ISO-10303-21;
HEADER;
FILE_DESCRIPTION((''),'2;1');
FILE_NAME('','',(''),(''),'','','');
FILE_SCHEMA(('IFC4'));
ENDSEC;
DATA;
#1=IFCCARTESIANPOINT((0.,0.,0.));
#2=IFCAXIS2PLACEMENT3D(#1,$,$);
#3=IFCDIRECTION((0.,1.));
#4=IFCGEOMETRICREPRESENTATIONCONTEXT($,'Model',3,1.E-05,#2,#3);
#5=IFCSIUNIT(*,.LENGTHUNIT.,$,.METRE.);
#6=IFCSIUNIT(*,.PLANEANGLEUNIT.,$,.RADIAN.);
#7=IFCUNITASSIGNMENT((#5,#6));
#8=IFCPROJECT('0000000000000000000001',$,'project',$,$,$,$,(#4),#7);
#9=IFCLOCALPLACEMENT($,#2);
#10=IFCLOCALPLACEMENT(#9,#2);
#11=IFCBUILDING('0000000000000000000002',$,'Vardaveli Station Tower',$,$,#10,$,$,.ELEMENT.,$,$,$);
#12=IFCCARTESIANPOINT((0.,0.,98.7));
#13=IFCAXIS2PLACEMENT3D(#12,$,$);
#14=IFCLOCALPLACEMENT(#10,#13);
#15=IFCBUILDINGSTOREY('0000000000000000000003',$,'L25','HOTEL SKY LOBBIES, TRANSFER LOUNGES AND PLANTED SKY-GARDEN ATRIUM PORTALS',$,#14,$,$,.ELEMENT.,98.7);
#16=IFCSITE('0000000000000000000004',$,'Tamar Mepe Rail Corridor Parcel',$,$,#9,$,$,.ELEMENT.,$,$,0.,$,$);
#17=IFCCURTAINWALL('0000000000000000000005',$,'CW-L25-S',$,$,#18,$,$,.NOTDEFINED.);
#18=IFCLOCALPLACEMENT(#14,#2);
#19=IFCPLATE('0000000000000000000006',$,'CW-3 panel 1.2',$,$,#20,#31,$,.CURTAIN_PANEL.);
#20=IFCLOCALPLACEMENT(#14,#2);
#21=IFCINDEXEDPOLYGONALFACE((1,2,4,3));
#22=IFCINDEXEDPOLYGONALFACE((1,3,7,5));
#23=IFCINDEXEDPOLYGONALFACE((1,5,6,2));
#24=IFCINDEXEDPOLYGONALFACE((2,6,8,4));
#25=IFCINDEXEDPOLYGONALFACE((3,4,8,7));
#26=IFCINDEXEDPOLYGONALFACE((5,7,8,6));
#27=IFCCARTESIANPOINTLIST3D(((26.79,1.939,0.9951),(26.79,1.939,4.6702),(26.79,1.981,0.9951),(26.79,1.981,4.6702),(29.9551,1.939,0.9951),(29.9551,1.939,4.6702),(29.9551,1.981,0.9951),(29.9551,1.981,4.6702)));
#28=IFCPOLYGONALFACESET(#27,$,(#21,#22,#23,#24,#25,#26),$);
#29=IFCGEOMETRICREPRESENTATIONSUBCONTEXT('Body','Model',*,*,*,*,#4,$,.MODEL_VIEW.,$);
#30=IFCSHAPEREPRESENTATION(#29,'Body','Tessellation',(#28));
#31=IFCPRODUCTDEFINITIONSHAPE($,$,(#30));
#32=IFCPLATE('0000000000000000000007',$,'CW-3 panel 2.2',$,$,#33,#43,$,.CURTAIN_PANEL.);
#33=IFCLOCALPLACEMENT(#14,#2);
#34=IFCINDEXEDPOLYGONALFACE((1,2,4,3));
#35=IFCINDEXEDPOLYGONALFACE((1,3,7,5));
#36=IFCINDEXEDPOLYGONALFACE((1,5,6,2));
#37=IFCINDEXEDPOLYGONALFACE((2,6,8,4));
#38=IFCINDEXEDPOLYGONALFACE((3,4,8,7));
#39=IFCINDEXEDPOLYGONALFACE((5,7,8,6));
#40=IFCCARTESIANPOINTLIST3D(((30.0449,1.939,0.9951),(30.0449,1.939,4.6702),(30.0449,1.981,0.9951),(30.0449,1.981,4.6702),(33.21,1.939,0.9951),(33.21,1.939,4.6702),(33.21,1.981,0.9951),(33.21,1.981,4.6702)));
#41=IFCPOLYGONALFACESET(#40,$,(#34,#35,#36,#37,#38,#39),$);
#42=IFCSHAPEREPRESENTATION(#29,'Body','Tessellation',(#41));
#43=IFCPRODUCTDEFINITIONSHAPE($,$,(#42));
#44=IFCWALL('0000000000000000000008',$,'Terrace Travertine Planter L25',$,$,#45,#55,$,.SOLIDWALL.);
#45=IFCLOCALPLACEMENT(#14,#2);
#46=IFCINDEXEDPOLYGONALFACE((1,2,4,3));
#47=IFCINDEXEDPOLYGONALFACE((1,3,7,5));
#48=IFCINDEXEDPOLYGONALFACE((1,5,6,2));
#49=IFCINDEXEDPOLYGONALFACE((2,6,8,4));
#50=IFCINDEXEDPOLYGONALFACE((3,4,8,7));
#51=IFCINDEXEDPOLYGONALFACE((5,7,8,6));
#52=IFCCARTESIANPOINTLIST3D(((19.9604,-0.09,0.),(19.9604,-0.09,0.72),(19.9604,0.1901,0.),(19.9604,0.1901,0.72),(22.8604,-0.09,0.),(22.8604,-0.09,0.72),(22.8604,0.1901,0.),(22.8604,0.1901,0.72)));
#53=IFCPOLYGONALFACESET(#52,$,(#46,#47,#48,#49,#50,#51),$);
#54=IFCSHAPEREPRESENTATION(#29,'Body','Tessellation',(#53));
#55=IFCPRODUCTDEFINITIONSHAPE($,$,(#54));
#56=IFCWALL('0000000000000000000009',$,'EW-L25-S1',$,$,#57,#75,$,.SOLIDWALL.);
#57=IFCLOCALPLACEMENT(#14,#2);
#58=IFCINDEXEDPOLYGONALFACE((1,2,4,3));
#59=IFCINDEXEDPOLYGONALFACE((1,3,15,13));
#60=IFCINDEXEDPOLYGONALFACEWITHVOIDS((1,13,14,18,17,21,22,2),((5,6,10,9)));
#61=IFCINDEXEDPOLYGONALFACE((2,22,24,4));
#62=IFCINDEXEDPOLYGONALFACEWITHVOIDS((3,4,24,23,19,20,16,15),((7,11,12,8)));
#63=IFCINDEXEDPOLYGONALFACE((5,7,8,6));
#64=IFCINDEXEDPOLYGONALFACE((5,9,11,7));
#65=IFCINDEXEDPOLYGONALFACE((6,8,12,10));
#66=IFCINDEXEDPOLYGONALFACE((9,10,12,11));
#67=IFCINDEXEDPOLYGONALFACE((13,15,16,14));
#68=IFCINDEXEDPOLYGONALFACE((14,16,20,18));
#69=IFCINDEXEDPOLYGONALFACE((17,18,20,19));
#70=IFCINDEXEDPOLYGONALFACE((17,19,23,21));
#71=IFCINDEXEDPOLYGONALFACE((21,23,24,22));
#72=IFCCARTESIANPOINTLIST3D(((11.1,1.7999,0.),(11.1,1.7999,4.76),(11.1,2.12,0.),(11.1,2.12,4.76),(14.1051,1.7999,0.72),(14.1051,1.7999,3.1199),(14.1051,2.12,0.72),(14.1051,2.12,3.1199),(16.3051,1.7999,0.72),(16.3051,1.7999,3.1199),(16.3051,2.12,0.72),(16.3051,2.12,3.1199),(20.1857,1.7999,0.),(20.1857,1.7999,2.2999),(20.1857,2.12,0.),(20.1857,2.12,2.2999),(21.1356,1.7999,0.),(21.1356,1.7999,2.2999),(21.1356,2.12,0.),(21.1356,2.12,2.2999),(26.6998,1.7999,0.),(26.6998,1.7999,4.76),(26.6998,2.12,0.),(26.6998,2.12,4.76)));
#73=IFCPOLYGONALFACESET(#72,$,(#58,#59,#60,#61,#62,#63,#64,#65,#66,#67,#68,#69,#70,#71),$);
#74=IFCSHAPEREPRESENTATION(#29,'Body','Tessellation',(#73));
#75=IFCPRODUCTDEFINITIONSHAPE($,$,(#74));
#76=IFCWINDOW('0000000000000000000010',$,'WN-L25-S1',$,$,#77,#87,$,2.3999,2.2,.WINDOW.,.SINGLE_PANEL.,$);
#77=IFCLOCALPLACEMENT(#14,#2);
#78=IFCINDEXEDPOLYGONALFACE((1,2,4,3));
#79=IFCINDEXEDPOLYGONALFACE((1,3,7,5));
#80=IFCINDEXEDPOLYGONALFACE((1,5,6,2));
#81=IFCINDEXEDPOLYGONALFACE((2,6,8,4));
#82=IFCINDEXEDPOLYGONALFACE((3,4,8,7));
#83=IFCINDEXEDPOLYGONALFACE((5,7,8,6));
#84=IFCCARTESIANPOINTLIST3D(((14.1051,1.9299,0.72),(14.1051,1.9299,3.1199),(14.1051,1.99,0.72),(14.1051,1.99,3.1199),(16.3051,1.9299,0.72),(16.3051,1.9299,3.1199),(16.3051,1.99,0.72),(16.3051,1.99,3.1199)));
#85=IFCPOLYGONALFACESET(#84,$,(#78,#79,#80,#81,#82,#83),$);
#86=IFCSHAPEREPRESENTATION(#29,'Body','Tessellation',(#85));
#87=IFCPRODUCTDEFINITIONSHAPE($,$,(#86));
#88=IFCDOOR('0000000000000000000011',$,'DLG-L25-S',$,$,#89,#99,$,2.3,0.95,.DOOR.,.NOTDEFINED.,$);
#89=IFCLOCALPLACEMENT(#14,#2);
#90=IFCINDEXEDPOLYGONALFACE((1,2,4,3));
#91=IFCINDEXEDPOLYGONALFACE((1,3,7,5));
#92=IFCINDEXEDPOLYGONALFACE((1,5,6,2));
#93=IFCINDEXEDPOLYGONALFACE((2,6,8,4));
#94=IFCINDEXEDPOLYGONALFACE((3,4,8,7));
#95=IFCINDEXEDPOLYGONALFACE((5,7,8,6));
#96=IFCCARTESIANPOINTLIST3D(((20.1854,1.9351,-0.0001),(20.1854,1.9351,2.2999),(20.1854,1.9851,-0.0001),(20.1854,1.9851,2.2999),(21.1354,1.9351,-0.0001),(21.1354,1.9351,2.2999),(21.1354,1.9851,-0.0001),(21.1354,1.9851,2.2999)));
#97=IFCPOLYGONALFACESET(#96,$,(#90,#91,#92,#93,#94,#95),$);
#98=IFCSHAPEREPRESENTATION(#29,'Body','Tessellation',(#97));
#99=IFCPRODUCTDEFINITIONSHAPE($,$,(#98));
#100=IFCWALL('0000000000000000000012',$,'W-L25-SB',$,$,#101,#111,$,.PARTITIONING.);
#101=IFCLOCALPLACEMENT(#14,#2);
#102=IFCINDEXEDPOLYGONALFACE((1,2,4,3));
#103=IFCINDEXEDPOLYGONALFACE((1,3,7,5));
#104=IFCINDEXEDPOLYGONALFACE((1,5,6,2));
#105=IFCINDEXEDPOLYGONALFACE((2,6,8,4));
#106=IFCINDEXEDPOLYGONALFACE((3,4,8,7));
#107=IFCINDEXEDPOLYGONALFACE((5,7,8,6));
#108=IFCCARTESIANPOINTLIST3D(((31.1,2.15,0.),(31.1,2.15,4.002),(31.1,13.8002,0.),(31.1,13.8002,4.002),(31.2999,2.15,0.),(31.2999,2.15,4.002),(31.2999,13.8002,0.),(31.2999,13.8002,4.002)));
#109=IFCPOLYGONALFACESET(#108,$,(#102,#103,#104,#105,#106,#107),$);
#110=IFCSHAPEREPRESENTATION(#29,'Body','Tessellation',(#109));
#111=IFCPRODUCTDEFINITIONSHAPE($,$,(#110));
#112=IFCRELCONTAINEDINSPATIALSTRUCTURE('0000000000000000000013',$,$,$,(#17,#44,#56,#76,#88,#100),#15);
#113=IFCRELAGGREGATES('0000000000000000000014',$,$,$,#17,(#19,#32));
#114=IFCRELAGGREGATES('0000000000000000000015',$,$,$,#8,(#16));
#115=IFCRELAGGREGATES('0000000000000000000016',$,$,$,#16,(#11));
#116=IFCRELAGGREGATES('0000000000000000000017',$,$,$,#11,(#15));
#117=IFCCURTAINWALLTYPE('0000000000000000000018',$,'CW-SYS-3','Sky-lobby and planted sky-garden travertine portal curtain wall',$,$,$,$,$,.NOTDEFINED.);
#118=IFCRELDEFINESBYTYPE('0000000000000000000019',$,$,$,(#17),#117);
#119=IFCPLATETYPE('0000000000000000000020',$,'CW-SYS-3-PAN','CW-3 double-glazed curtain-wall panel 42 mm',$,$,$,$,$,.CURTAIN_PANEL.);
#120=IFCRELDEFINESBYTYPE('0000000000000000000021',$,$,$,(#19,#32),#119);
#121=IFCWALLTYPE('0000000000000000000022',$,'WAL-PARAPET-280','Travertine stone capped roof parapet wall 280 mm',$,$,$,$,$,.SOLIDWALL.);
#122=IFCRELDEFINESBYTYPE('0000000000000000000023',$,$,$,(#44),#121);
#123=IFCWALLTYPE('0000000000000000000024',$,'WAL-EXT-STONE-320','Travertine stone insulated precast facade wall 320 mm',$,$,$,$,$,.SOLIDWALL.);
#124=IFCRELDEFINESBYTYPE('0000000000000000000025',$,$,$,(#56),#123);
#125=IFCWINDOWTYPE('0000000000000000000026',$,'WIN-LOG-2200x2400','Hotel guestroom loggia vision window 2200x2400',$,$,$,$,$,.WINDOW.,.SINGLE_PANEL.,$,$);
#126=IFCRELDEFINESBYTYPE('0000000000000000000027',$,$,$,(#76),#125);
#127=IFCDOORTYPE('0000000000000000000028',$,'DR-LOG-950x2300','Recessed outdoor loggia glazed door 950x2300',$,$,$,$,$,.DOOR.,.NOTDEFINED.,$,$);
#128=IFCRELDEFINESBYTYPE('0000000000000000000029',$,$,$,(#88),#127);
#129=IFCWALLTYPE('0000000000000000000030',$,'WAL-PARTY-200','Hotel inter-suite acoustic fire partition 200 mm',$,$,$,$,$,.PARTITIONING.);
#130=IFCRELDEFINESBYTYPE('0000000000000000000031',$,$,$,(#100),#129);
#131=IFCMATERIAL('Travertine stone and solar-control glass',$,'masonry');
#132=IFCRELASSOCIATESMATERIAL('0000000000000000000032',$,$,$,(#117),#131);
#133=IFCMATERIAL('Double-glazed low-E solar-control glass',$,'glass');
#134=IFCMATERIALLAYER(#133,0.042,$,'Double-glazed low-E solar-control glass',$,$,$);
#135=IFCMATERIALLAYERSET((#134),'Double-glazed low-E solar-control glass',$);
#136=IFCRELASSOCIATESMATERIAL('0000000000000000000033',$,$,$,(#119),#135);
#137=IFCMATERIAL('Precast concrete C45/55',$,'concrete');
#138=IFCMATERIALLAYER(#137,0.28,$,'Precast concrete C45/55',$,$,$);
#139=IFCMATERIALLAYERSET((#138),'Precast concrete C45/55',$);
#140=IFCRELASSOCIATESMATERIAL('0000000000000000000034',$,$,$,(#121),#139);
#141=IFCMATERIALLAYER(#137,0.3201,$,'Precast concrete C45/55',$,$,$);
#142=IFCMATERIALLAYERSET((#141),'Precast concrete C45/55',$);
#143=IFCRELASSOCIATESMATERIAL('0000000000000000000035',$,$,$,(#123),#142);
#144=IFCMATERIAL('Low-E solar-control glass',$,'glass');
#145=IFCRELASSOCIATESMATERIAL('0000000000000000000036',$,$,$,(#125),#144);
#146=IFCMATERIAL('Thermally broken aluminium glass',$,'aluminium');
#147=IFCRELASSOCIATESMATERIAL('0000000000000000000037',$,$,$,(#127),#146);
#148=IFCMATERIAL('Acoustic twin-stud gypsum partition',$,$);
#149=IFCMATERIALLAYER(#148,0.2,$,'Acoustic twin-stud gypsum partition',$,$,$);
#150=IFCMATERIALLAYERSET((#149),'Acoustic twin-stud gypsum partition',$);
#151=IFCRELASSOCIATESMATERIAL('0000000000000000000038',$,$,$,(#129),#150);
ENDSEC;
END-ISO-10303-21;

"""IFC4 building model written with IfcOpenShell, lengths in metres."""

from ifc_helpers import new_model, si_unit, direction, frame, frame_2d, origin, origin_2d, place, context, subcontext, project, spatial, rectangle, extrude, source, transform, mapped, material, layer, layer_set, type_object, element, fill, aggregate, save


model = new_model("IFC4")

# Units and contexts
model_context = context("Model", 3, precision=1e-05, world=origin(), true_north=direction((0.0, 1.0)))
body_context = subcontext(model_context, "Body", "Model", "MODEL_VIEW")
ifc_project = project(units=[si_unit("LENGTHUNIT", "METRE"), si_unit("PLANEANGLEUNIT", "RADIAN")], contexts=[model_context])

# Site, building, storey
site_placement = place(None, origin())
site = spatial("IfcSite", under=ifc_project, at=site_placement, Name="Tamar Mepe Rail Corridor Parcel", CompositionType="ELEMENT", RefElevation=0.0)
building_placement = place(site_placement, origin())
building = spatial("IfcBuilding", under=site, at=building_placement, Name="Vardaveli Station Tower", CompositionType="ELEMENT")
storey_placement = place(building_placement, frame((0.0, 0.0, 98.7)))
storey = spatial("IfcBuildingStorey", under=building, at=storey_placement, Name="L25", Description="HOTEL SKY LOBBIES, TRANSFER LOUNGES AND PLANTED SKY-GARDEN ATRIUM PORTALS", CompositionType="ELEMENT", Elevation=98.7)

# Curtain wall, plates
ifc_material_1 = material(Name="Travertine stone and solar-control glass", Category="masonry")
curtain_wall_type = type_object("IfcCurtainWallType", Name="CW-SYS-3", Description="Sky-lobby and planted sky-garden travertine portal curtain wall", PredefinedType="NOTDEFINED", material=ifc_material_1)
curtain_wall_placement = place(storey_placement, origin())
curtain_wall = element("IfcCurtainWall", 1, at=curtain_wall_placement, inside=storey, type_object=curtain_wall_type, Name="CW-L25-S", PredefinedType="NOTDEFINED")
ifc_material_2 = material(Name="Double-glazed low-E solar-control glass", Category="glass")
ifc_layer_1 = layer(ifc_material_2, 0.042, Name="Double-glazed low-E solar-control glass")
ifc_layer_set_1 = layer_set([ifc_layer_1], Name="Double-glazed low-E solar-control glass")
plate_type = type_object("IfcPlateType", Name="CW-SYS-3-PAN", Description="CW-3 double-glazed curtain-wall panel 42 mm", PredefinedType="CURTAIN_PANEL", material=ifc_layer_set_1)
shared_shape_1 = source(origin(), body_context, "Body", "SweptSolid", [
    extrude(rectangle(XDim=3.165, YDim=0.042, at=origin_2d()), origin(), (0.0, 0.0, 1.0), 3.675),
])
plate_1_placement = place(storey_placement, frame((28.3726, 1.96, 0.9951), z_axis=(0.0, 0.0, 1.0), x_axis=(1.0, 0.0, 0.0)))
plate_1 = element("IfcPlate", 2, at=plate_1_placement, type_object=plate_type, Name="CW-3 panel 1.2", PredefinedType="CURTAIN_PANEL", context=body_context, shape_type="MappedRepresentation", body=[
    mapped(shared_shape_1, transform((0.0, 0.0, 0.0), scale=1.0)),
])
plate_2_placement = place(storey_placement, frame((31.6274, 1.96, 0.9951), z_axis=(0.0, 0.0, 1.0), x_axis=(1.0, 0.0, 0.0)))
plate_2 = element("IfcPlate", 3, at=plate_2_placement, type_object=plate_type, Name="CW-3 panel 2.2", PredefinedType="CURTAIN_PANEL", context=body_context, shape_type="MappedRepresentation", body=[
    mapped(shared_shape_1, transform((0.0, 0.0, 0.0), scale=1.0)),
])
aggregate(curtain_wall, [plate_1, plate_2])

# Wall
ifc_material_3 = material(Name="Precast concrete C45/55", Category="concrete")
ifc_layer_2 = layer(ifc_material_3, 0.28, Name="Precast concrete C45/55")
ifc_layer_set_2 = layer_set([ifc_layer_2], Name="Precast concrete C45/55")
wall_type_1 = type_object("IfcWallType", Name="WAL-PARAPET-280", Description="Travertine stone capped roof parapet wall 280 mm", PredefinedType="SOLIDWALL", material=ifc_layer_set_2)
shared_shape_2 = source(origin(), body_context, "Body", "SweptSolid", [
    extrude(rectangle(XDim=2.8999, YDim=0.28, at=frame_2d((1.45, 0.0))), origin(), (0.0, 0.0, 1.0), 0.72),
])
wall_1_placement = place(storey_placement, frame((19.9604, 0.05, 0.0), z_axis=(0.0, 0.0, 1.0), x_axis=(1.0, 0.0, 0.0)))
element("IfcWall", 4, at=wall_1_placement, inside=storey, type_object=wall_type_1, Name="Terrace Travertine Planter L25", PredefinedType="SOLIDWALL", context=body_context, shape_type="MappedRepresentation", body=[
    mapped(shared_shape_2, transform((0.0, 0.0, 0.0), scale=1.0)),
])

# Wall, openings, window, door
ifc_layer_3 = layer(ifc_material_3, 0.3201, Name="Precast concrete C45/55")
ifc_layer_set_3 = layer_set([ifc_layer_3], Name="Precast concrete C45/55")
wall_type_2 = type_object("IfcWallType", Name="WAL-EXT-STONE-320", Description="Travertine stone insulated precast facade wall 320 mm", PredefinedType="SOLIDWALL", material=ifc_layer_set_3)
shared_shape_3 = source(origin(), body_context, "Body", "SweptSolid", [
    extrude(rectangle(XDim=15.5999, YDim=0.3201, at=frame_2d((7.7998, 0.0))), origin(), (0.0, 0.0, 1.0), 4.76),
])
wall_2_placement = place(storey_placement, frame((11.1001, 1.96, 0.0), z_axis=(0.0, 0.0, 1.0), x_axis=(1.0, 0.0, 0.0)))
wall_2 = element("IfcWall", 5, at=wall_2_placement, inside=storey, type_object=wall_type_2, Name="EW-L25-S1", PredefinedType="SOLIDWALL", context=body_context, shape_type="MappedRepresentation", body=[
    mapped(shared_shape_3, transform((0.0, 0.0, 0.0), scale=1.0)),
])
shared_shape_4 = source(origin(), body_context, "Body", "SweptSolid", [
    extrude(rectangle(XDim=0.95, YDim=2.3, at=frame_2d((0.4751, 1.1499))), frame((0.0, 0.1699, 0.0), z_axis=(0.0, -1.0, 0.0), x_axis=(1.0, 0.0, 0.0)), (0.0, 0.0, 1.0), 0.3401),
])
opening_1_placement = place(wall_2_placement, frame((9.0854, 0.0, 0.0)))
opening_1 = element("IfcOpeningElement", 6, at=opening_1_placement, cuts=wall_2, PredefinedType="OPENING", context=body_context, shape_type="MappedRepresentation", body=[
    mapped(shared_shape_4, transform((0.0, 0.0, 0.0), scale=1.0)),
])
shared_shape_5 = source(origin(), body_context, "Body", "SweptSolid", [
    extrude(rectangle(XDim=2.2, YDim=2.3999, at=frame_2d((1.1001, 1.2))), frame((0.0, 0.1699, 0.0), z_axis=(0.0, -1.0, 0.0), x_axis=(1.0, 0.0, 0.0)), (0.0, 0.0, 1.0), 0.3401),
])
opening_2_placement = place(wall_2_placement, frame((3.0049, 0.0, 0.72)))
opening_2 = element("IfcOpeningElement", 7, at=opening_2_placement, cuts=wall_2, PredefinedType="OPENING", context=body_context, shape_type="MappedRepresentation", body=[
    mapped(shared_shape_5, transform((0.0, 0.0, 0.0), scale=1.0)),
])
ifc_material_4 = material(Name="Low-E solar-control glass", Category="glass")
window_type = type_object("IfcWindowType", Name="WIN-LOG-2200x2400", Description="Hotel guestroom loggia vision window 2200x2400", PartitioningType="SINGLE_PANEL", PredefinedType="WINDOW", material=ifc_material_4)
shared_shape_6 = source(origin(), body_context, "Body", "SweptSolid", [
    extrude(rectangle(XDim=2.2, YDim=2.3999, at=frame_2d((1.1001, 1.2))), frame((0.0, 0.03, 0.0), z_axis=(0.0, -1.0, 0.0), x_axis=(1.0, 0.0, 0.0)), (0.0, 0.0, 1.0), 0.0601),
])
window_placement = place(opening_2_placement, origin())
window = element("IfcWindow", 8, at=window_placement, inside=storey, type_object=window_type, Name="WN-L25-S1", OverallHeight=2.3999, OverallWidth=2.2, PartitioningType="SINGLE_PANEL", PredefinedType="WINDOW", context=body_context, shape_type="MappedRepresentation", body=[
    mapped(shared_shape_6, transform((0.0, 0.0, 0.0), scale=1.0)),
])
fill(opening_2, window)
ifc_material_5 = material(Name="Thermally broken aluminium glass", Category="aluminium")
door_type = type_object("IfcDoorType", Name="DR-LOG-950x2300", Description="Recessed outdoor loggia glazed door 950x2300", OperationType="NOTDEFINED", PredefinedType="DOOR", material=ifc_material_5)
shared_shape_7 = source(origin(), body_context, "Body", "SweptSolid", [
    extrude(rectangle(XDim=0.95, YDim=2.3, at=frame_2d((0.4751, 1.1499))), frame((0.0, 0.0249, 0.0), z_axis=(0.0, -1.0, 0.0), x_axis=(1.0, 0.0, 0.0)), (0.0, 0.0, 1.0), 0.05),
])
door_placement = place(opening_1_placement, frame((0.95, 0.0, 0.0), z_axis=(0.0, 0.0, 1.0), x_axis=(-1.0, 0.0, 0.0)))
door = element("IfcDoor", 9, at=door_placement, inside=storey, type_object=door_type, Name="DLG-L25-S", OperationType="NOTDEFINED", OverallHeight=2.3, OverallWidth=0.95, PredefinedType="DOOR", context=body_context, shape_type="MappedRepresentation", body=[
    mapped(shared_shape_7, transform((0.0, 0.0, 0.0), scale=1.0)),
])
fill(opening_1, door)

# Wall
ifc_material_6 = material(Name="Acoustic twin-stud gypsum partition")
ifc_layer_4 = layer(ifc_material_6, 0.2, Name="Acoustic twin-stud gypsum partition")
ifc_layer_set_4 = layer_set([ifc_layer_4], Name="Acoustic twin-stud gypsum partition")
wall_type_3 = type_object("IfcWallType", Name="WAL-PARTY-200", Description="Hotel inter-suite acoustic fire partition 200 mm", PredefinedType="PARTITIONING", material=ifc_layer_set_4)
shared_shape_8 = source(origin(), body_context, "Body", "SweptSolid", [
    extrude(rectangle(XDim=11.6501, YDim=0.2, at=frame_2d((5.8252, 0.0))), origin(), (0.0, 0.0, 1.0), 4.002),
])
wall_3_placement = place(storey_placement, frame((31.2, 2.1499, 0.0), z_axis=(0.0, 0.0, 1.0), x_axis=(0.0, 1.0, 0.0)))
element("IfcWall", 10, at=wall_3_placement, inside=storey, type_object=wall_type_3, Name="W-L25-SB", PredefinedType="PARTITIONING", context=body_context, shape_type="MappedRepresentation", body=[
    mapped(shared_shape_8, transform((0.0, 0.0, 0.0), scale=1.0)),
])

save(model, "model.ifc")
